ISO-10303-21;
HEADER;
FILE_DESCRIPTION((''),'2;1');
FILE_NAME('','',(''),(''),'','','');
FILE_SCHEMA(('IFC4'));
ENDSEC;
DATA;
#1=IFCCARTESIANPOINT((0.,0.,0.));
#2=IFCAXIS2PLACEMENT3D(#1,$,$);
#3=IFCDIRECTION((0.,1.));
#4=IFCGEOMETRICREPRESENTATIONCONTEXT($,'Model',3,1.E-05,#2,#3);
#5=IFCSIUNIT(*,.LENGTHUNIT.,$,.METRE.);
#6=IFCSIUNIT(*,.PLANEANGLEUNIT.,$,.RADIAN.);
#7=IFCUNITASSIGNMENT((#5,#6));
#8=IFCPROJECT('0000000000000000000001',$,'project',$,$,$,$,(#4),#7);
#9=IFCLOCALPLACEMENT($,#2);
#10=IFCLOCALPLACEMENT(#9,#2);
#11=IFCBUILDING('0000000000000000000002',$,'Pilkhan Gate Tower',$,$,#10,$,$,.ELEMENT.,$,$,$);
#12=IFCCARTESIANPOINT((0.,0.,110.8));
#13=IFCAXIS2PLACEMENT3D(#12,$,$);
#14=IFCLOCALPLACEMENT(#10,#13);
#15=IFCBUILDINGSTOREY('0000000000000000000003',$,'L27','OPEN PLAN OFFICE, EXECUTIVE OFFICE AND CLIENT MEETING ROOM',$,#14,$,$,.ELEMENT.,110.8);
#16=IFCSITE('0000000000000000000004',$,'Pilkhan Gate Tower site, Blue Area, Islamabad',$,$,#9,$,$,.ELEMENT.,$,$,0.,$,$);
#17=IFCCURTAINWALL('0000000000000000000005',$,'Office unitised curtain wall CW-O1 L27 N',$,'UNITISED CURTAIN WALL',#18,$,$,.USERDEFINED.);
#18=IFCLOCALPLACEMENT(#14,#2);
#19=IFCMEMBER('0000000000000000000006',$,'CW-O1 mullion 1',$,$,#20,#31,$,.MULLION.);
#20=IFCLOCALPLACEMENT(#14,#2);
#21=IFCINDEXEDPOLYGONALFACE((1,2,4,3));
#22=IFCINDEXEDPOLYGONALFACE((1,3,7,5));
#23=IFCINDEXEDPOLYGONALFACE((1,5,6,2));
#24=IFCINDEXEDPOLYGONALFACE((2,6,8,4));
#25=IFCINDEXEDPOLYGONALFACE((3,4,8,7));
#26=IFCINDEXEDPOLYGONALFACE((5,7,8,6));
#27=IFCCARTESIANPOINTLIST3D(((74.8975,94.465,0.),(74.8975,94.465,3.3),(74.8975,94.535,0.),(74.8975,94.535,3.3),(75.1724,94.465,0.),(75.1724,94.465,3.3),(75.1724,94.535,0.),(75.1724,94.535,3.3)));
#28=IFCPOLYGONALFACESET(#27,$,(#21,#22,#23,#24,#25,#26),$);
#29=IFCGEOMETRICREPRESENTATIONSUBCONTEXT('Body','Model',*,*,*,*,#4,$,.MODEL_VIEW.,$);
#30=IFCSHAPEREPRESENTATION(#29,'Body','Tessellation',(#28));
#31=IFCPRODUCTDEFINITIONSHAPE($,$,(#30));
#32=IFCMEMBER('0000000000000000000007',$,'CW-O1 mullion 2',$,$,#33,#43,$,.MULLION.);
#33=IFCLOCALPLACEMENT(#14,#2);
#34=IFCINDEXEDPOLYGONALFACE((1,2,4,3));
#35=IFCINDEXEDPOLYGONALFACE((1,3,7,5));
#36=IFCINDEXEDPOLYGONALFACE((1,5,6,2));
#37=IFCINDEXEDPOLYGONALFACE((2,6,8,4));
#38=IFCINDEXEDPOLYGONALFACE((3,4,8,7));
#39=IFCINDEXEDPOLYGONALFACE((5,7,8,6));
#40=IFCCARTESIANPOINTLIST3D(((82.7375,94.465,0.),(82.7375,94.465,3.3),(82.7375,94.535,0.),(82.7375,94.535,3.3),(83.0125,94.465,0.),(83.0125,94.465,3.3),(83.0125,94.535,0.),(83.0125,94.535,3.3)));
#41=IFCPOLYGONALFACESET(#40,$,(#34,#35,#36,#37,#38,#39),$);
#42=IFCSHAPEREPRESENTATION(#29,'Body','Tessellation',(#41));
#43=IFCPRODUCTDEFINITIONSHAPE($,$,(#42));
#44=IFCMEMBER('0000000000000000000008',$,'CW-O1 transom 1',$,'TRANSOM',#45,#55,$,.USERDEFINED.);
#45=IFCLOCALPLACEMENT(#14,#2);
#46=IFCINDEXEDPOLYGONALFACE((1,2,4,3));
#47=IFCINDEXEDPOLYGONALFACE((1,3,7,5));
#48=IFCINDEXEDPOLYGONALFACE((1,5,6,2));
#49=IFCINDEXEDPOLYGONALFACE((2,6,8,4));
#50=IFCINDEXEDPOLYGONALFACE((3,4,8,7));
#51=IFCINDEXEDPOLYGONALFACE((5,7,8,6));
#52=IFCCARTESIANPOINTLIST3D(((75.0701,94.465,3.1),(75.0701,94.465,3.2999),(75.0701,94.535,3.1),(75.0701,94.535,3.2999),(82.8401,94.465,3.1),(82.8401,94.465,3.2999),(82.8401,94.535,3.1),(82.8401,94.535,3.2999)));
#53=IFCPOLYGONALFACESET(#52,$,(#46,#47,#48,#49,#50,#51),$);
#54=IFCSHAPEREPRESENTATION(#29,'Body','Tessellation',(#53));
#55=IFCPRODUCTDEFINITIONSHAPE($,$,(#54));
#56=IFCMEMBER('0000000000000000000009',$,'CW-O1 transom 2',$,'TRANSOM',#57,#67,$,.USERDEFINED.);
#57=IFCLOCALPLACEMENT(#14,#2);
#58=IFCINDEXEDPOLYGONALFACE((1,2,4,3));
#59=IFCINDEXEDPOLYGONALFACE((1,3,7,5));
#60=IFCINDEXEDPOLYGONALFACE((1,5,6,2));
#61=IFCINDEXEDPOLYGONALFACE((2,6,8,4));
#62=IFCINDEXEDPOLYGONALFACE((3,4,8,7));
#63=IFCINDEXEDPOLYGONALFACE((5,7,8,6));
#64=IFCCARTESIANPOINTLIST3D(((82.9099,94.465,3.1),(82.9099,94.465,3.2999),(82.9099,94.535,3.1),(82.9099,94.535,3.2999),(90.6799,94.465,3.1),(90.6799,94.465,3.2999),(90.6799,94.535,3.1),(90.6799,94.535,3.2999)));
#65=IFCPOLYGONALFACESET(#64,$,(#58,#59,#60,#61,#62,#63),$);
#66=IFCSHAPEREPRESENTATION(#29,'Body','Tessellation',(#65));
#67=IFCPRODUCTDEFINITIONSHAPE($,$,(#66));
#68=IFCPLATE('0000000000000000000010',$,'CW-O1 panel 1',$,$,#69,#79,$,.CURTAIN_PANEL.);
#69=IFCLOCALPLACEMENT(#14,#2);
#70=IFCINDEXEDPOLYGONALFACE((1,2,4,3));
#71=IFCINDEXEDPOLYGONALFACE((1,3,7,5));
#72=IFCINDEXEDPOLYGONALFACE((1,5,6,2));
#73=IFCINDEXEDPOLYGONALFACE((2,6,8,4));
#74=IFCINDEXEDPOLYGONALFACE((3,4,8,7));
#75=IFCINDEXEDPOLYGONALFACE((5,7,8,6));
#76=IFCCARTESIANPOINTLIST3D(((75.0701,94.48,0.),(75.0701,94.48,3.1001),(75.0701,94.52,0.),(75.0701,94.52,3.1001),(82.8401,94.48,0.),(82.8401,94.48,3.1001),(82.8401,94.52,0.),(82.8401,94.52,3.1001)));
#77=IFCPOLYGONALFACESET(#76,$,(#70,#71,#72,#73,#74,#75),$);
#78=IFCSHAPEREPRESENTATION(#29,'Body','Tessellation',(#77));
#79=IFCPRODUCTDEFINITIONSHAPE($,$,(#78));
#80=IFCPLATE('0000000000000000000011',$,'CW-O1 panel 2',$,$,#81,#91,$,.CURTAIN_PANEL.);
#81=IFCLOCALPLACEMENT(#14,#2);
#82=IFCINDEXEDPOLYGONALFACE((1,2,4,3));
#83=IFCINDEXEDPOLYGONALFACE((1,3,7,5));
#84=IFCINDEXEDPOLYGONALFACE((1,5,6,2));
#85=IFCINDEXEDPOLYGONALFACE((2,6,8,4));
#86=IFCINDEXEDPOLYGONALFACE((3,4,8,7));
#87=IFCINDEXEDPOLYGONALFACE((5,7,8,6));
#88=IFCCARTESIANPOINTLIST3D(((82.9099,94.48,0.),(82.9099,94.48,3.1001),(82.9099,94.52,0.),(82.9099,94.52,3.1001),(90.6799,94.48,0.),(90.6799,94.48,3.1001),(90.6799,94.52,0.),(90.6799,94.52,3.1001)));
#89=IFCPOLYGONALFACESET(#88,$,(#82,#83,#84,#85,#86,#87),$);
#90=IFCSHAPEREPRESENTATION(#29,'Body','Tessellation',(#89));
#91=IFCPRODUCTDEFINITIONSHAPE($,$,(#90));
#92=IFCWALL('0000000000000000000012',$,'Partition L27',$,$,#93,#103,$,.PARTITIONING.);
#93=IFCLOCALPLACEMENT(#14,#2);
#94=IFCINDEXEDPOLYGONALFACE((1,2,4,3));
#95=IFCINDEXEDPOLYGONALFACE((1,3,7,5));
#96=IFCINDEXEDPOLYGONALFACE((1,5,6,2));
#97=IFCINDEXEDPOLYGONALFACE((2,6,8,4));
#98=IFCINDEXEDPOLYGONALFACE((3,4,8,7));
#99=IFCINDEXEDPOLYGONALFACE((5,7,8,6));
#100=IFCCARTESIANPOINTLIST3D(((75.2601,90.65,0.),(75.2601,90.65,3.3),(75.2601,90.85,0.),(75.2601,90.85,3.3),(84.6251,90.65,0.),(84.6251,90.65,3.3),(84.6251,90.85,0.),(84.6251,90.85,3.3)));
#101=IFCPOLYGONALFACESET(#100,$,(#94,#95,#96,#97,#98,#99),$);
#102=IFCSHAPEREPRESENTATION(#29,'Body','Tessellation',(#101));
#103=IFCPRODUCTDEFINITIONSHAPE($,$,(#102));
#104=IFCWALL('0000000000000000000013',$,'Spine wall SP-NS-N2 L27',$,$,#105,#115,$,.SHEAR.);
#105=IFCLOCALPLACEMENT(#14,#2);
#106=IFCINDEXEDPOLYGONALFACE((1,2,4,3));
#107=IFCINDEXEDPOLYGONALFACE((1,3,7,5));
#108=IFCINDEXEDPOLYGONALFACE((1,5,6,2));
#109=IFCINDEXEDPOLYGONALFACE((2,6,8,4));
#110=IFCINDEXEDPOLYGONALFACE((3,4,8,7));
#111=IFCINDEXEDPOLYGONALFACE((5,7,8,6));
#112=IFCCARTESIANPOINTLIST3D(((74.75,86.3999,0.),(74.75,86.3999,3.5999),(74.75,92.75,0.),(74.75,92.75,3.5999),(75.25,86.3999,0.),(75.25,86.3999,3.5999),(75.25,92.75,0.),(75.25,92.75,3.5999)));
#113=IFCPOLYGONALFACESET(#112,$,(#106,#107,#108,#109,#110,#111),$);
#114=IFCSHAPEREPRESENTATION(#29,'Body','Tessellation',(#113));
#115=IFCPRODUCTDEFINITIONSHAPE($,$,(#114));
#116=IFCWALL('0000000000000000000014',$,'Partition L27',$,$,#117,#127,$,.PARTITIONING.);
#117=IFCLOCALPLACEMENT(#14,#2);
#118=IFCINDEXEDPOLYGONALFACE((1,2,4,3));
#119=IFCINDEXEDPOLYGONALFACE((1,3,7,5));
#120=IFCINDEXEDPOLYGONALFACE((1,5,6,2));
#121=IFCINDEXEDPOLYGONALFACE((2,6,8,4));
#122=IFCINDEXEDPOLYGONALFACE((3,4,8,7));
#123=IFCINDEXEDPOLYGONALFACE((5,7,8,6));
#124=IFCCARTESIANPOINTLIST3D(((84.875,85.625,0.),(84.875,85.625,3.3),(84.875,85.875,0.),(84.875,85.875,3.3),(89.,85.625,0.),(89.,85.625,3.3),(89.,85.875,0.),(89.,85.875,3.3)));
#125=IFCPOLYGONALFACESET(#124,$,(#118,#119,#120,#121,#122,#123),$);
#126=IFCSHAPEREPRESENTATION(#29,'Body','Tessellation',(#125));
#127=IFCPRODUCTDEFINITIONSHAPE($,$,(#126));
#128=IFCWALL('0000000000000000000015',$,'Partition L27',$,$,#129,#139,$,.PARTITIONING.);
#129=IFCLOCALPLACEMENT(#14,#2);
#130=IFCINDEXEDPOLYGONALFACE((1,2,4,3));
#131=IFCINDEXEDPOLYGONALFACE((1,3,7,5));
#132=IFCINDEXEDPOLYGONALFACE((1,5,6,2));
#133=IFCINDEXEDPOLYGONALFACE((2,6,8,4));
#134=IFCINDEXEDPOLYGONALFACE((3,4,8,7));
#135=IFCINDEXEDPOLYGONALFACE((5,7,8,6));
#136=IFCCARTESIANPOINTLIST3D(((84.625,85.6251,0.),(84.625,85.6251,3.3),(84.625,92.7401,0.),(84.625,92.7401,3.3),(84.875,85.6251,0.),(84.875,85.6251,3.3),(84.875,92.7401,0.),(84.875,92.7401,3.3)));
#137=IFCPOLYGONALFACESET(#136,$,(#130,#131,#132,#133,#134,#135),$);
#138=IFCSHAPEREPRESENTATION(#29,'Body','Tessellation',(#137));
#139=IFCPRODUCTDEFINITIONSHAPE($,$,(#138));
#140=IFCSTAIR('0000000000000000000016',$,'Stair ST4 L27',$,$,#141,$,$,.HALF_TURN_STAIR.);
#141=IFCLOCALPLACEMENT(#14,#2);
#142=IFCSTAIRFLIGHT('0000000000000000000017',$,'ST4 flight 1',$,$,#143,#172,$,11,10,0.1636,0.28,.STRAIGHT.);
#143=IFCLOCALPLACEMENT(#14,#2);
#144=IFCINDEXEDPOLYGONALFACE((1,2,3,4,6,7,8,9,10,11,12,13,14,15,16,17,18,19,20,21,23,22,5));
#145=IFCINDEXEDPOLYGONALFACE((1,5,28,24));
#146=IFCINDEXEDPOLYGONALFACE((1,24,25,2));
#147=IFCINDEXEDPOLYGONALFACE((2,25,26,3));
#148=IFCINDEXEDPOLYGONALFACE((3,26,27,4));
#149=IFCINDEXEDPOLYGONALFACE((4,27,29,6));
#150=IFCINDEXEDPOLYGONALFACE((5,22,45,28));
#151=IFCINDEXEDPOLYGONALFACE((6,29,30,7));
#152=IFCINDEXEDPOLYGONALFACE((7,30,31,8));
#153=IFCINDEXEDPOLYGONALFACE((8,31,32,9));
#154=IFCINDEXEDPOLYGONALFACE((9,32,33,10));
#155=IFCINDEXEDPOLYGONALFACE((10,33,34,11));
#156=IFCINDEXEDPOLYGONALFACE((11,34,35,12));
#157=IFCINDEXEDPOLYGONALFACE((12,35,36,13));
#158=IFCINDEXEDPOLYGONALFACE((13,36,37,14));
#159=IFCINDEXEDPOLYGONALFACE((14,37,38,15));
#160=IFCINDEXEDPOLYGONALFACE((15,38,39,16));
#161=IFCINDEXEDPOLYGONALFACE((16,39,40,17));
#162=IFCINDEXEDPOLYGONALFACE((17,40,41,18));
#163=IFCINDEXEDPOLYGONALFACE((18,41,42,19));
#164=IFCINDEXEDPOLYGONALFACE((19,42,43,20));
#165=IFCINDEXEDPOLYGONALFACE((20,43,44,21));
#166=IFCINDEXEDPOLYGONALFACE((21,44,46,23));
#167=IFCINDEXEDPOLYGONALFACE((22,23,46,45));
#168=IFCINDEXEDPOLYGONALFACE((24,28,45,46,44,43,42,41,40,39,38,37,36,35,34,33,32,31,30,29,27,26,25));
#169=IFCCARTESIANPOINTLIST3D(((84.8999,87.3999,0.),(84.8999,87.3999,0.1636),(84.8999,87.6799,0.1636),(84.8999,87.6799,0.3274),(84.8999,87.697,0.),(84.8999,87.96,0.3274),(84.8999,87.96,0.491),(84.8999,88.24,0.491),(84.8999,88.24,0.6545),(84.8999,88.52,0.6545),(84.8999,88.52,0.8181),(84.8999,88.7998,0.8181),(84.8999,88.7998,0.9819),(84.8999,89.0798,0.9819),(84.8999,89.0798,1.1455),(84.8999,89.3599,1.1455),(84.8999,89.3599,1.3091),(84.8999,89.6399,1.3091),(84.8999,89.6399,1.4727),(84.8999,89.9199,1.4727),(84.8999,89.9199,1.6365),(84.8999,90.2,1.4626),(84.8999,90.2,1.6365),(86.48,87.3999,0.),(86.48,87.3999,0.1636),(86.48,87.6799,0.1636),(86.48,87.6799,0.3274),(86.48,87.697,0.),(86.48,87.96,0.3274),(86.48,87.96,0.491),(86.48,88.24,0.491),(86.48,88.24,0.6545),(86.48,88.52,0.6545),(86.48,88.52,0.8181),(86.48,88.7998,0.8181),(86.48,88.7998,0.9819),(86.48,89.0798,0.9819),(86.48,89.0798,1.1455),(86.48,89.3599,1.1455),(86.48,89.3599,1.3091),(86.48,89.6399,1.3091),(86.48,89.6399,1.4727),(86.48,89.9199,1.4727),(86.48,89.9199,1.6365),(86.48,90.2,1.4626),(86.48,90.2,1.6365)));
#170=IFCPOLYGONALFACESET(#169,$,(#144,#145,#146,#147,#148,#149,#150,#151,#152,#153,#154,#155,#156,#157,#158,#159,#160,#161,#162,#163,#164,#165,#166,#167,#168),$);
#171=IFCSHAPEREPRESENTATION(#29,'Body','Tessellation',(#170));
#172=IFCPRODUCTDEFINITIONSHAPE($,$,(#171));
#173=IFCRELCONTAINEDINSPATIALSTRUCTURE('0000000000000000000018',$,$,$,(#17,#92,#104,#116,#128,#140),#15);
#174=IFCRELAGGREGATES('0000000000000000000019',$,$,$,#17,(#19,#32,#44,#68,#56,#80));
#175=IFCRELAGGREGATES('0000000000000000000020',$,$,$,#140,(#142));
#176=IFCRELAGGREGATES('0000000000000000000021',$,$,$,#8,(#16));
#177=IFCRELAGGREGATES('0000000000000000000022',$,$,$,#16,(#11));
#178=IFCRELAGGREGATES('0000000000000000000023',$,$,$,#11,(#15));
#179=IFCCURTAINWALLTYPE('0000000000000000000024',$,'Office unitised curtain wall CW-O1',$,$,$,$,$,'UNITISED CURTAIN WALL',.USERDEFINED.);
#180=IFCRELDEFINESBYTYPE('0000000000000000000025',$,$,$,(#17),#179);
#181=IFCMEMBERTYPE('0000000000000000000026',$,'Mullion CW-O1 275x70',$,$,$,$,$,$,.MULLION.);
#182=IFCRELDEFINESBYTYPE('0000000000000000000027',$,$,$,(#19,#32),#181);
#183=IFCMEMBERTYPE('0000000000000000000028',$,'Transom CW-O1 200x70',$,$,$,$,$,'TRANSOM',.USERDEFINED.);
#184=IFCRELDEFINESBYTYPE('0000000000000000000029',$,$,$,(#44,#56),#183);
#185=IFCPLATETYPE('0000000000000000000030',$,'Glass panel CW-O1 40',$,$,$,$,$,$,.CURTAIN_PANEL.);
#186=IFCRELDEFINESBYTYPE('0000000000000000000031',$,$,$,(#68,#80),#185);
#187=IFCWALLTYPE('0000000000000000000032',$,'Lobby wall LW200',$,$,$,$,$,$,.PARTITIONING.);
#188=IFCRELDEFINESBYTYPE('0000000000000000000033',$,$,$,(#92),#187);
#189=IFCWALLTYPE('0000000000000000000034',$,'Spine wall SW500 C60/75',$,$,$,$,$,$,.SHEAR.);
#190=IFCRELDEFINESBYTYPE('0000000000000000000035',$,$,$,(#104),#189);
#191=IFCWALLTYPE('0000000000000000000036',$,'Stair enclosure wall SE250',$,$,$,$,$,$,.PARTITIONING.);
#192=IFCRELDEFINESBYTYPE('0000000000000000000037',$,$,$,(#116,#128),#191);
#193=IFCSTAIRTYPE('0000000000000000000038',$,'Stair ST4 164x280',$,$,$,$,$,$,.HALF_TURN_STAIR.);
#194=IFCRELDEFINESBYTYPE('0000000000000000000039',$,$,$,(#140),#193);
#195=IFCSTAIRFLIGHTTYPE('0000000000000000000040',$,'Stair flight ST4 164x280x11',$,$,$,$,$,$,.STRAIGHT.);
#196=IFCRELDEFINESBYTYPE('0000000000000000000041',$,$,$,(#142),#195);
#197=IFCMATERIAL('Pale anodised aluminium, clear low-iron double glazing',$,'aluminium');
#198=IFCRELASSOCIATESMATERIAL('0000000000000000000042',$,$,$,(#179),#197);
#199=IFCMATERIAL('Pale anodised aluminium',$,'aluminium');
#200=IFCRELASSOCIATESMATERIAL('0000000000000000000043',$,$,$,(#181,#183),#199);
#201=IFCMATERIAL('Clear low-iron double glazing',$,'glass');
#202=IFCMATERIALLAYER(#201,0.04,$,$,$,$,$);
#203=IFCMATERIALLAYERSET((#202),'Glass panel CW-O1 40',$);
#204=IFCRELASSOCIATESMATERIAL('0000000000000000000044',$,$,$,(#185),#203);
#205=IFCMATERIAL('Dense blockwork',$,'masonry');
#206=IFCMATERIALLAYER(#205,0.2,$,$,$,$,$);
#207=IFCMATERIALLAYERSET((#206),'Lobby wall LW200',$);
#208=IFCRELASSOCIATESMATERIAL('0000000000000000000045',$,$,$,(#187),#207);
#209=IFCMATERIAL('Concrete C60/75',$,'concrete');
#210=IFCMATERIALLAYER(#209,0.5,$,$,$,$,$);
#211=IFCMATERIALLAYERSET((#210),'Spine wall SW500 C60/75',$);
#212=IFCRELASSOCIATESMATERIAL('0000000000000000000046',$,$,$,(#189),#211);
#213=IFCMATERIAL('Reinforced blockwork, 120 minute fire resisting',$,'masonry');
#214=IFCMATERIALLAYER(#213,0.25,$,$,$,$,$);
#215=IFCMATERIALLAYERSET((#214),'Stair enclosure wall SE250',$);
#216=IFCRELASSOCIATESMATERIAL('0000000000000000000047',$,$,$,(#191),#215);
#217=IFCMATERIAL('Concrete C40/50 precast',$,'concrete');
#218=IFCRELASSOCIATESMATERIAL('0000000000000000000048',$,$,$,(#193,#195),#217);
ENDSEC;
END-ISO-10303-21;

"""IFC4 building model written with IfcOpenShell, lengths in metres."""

from ifc_helpers import new_model, si_unit, direction, frame, frame_2d, origin, origin_2d, place, context, subcontext, project, spatial, polyline, rectangle, outline, extrude, material, layer, layer_set, material_profile, profile_set, type_object, element, aggregate, save


model = new_model("IFC4")

# Units and contexts
model_context = context("Model", 3, precision=1e-05, world=origin(), true_north=direction((0.0, 1.0)))
body_context = subcontext(model_context, "Body", "Model", "MODEL_VIEW")
ifc_project = project(units=[si_unit("LENGTHUNIT", "METRE"), si_unit("PLANEANGLEUNIT", "RADIAN")], contexts=[model_context])

# Site, building, storey
site_placement = place(None, origin())
site = spatial("IfcSite", under=ifc_project, at=site_placement, Name="Pilkhan Gate Tower site, Blue Area, Islamabad", CompositionType="ELEMENT", RefElevation=0.0)
building_placement = place(site_placement, origin())
building = spatial("IfcBuilding", under=site, at=building_placement, Name="Pilkhan Gate Tower", CompositionType="ELEMENT")
storey_placement = place(building_placement, frame((0.0, 0.0, 110.8)))
storey = spatial("IfcBuildingStorey", under=building, at=storey_placement, Name="L27", Description="OPEN PLAN OFFICE, EXECUTIVE OFFICE AND CLIENT MEETING ROOM", CompositionType="ELEMENT", Elevation=110.8)

# Curtain wall, members, plates
ifc_material_1 = material(Name="Pale anodised aluminium, clear low-iron double glazing", Category="aluminium")
curtain_wall_type = type_object("IfcCurtainWallType", Name="Office unitised curtain wall CW-O1", ElementType="UNITISED CURTAIN WALL", PredefinedType="USERDEFINED", material=ifc_material_1)
curtain_wall_placement = place(storey_placement, origin())
curtain_wall = element("IfcCurtainWall", 1, at=curtain_wall_placement, inside=storey, type_object=curtain_wall_type, Name="Office unitised curtain wall CW-O1 L27 N", ObjectType="UNITISED CURTAIN WALL", PredefinedType="USERDEFINED")
ifc_material_2 = material(Name="Pale anodised aluminium", Category="aluminium")
ifc_material_profile_1 = material_profile(ifc_material_2, rectangle(XDim=0.0701, YDim=0.2749, at=origin_2d()), Name="Mullion 275x70")
ifc_profile_set_1 = profile_set([ifc_material_profile_1], Name="Pale anodised aluminium")
member_type_1 = type_object("IfcMemberType", Name="Mullion CW-O1 275x70", PredefinedType="MULLION", material=ifc_profile_set_1)
member_1_placement = place(storey_placement, frame((75.0349, 94.5, 0.0), z_axis=(0.0, 0.0, 1.0), x_axis=(0.0, 1.0, 0.0)))
member_1 = element("IfcMember", 2, at=member_1_placement, type_object=member_type_1, Name="CW-O1 mullion 1", PredefinedType="MULLION", context=body_context, shape_type="SweptSolid", body=[
    extrude(rectangle(XDim=0.0701, YDim=0.2749, at=origin_2d()), origin(), (0.0, 0.0, 1.0), 3.3),
])
member_2_placement = place(storey_placement, frame((82.875, 94.5, 0.0), z_axis=(0.0, 0.0, 1.0), x_axis=(0.0, 1.0, 0.0)))
member_2 = element("IfcMember", 3, at=member_2_placement, type_object=member_type_1, Name="CW-O1 mullion 2", PredefinedType="MULLION", context=body_context, shape_type="SweptSolid", body=[
    extrude(rectangle(XDim=0.0701, YDim=0.2749, at=origin_2d()), origin(), (0.0, 0.0, 1.0), 3.3),
])
ifc_material_profile_2 = material_profile(ifc_material_2, rectangle(XDim=0.0701, YDim=0.2, at=origin_2d()), Name="Transom 200x70")
ifc_profile_set_2 = profile_set([ifc_material_profile_2], Name="Pale anodised aluminium")
member_type_2 = type_object("IfcMemberType", Name="Transom CW-O1 200x70", ElementType="TRANSOM", PredefinedType="USERDEFINED", material=ifc_profile_set_2)
member_3_placement = place(storey_placement, frame((75.0701, 94.5, 3.2), z_axis=(1.0, 0.0, 0.0), x_axis=(0.0, 1.0, 0.0)))
member_3 = element("IfcMember", 4, at=member_3_placement, type_object=member_type_2, Name="CW-O1 transom 1", ObjectType="TRANSOM", PredefinedType="USERDEFINED", context=body_context, shape_type="SweptSolid", body=[
    extrude(rectangle(XDim=0.0701, YDim=0.2, at=origin_2d()), origin(), (0.0, 0.0, 1.0), 7.77),
])
member_4_placement = place(storey_placement, frame((82.9099, 94.5, 3.2), z_axis=(1.0, 0.0, 0.0), x_axis=(0.0, 1.0, 0.0)))
member_4 = element("IfcMember", 5, at=member_4_placement, type_object=member_type_2, Name="CW-O1 transom 2", ObjectType="TRANSOM", PredefinedType="USERDEFINED", context=body_context, shape_type="SweptSolid", body=[
    extrude(rectangle(XDim=0.0701, YDim=0.2, at=origin_2d()), origin(), (0.0, 0.0, 1.0), 7.77),
])
ifc_material_3 = material(Name="Clear low-iron double glazing", Category="glass")
ifc_layer_1 = layer(ifc_material_3, 0.04)
ifc_layer_set_1 = layer_set([ifc_layer_1], Name="Glass panel CW-O1 40")
plate_type = type_object("IfcPlateType", Name="Glass panel CW-O1 40", PredefinedType="CURTAIN_PANEL", material=ifc_layer_set_1)
plate_1_placement = place(storey_placement, frame((78.9551, 94.5, 0.0), z_axis=(0.0, 0.0, 1.0), x_axis=(1.0, 0.0, 0.0)))
plate_1 = element("IfcPlate", 6, at=plate_1_placement, type_object=plate_type, Name="CW-O1 panel 1", PredefinedType="CURTAIN_PANEL", context=body_context, shape_type="SweptSolid", body=[
    extrude(rectangle(XDim=7.77, YDim=0.04, at=origin_2d()), origin(), (0.0, 0.0, 1.0), 3.1001),
])
plate_2_placement = place(storey_placement, frame((86.7949, 94.5, 0.0), z_axis=(0.0, 0.0, 1.0), x_axis=(1.0, 0.0, 0.0)))
plate_2 = element("IfcPlate", 7, at=plate_2_placement, type_object=plate_type, Name="CW-O1 panel 2", PredefinedType="CURTAIN_PANEL", context=body_context, shape_type="SweptSolid", body=[
    extrude(rectangle(XDim=7.77, YDim=0.04, at=origin_2d()), origin(), (0.0, 0.0, 1.0), 3.1001),
])
aggregate(curtain_wall, [member_1, member_2, member_3, plate_1, member_4, plate_2])

# Walls
ifc_material_4 = material(Name="Dense blockwork", Category="masonry")
ifc_layer_2 = layer(ifc_material_4, 0.2)
ifc_layer_set_2 = layer_set([ifc_layer_2], Name="Lobby wall LW200")
wall_type_1 = type_object("IfcWallType", Name="Lobby wall LW200", PredefinedType="PARTITIONING", material=ifc_layer_set_2)
wall_1_placement = place(storey_placement, frame((75.26, 90.75, 0.0), z_axis=(0.0, 0.0, 1.0), x_axis=(1.0, 0.0, 0.0)))
element("IfcWall", 8, at=wall_1_placement, inside=storey, type_object=wall_type_1, Name="Partition L27", PredefinedType="PARTITIONING", context=body_context, shape_type="SweptSolid", body=[
    extrude(rectangle(XDim=9.365, YDim=0.2, at=frame_2d((4.6826, 0.0))), origin(), (0.0, 0.0, 1.0), 3.3),
])
ifc_material_5 = material(Name="Concrete C60/75", Category="concrete")
ifc_layer_3 = layer(ifc_material_5, 0.5)
ifc_layer_set_3 = layer_set([ifc_layer_3], Name="Spine wall SW500 C60/75")
wall_type_2 = type_object("IfcWallType", Name="Spine wall SW500 C60/75", PredefinedType="SHEAR", material=ifc_layer_set_3)
wall_2_placement = place(storey_placement, frame((75.0, 86.3999, 0.0), z_axis=(0.0, 0.0, 1.0), x_axis=(0.0, 1.0, 0.0)))
element("IfcWall", 9, at=wall_2_placement, inside=storey, type_object=wall_type_2, Name="Spine wall SP-NS-N2 L27", PredefinedType="SHEAR", context=body_context, shape_type="SweptSolid", body=[
    extrude(rectangle(XDim=6.3501, YDim=0.5, at=frame_2d((3.175, 0.0))), origin(), (0.0, 0.0, 1.0), 3.5999),
])
ifc_material_6 = material(Name="Reinforced blockwork, 120 minute fire resisting", Category="masonry")
ifc_layer_4 = layer(ifc_material_6, 0.25)
ifc_layer_set_4 = layer_set([ifc_layer_4], Name="Stair enclosure wall SE250")
wall_type_3 = type_object("IfcWallType", Name="Stair enclosure wall SE250", PredefinedType="PARTITIONING", material=ifc_layer_set_4)
wall_3_placement = place(storey_placement, frame((84.875, 85.75, 0.0), z_axis=(0.0, 0.0, 1.0), x_axis=(1.0, 0.0, 0.0)))
element("IfcWall", 10, at=wall_3_placement, inside=storey, type_object=wall_type_3, Name="Partition L27", PredefinedType="PARTITIONING", context=body_context, shape_type="SweptSolid", body=[
    extrude(rectangle(XDim=4.125, YDim=0.25, at=frame_2d((2.0625, 0.0))), origin(), (0.0, 0.0, 1.0), 3.3),
])
wall_4_placement = place(storey_placement, frame((84.75, 85.625, 0.0), z_axis=(0.0, 0.0, 1.0), x_axis=(0.0, 1.0, 0.0)))
element("IfcWall", 11, at=wall_4_placement, inside=storey, type_object=wall_type_3, Name="Partition L27", PredefinedType="PARTITIONING", context=body_context, shape_type="SweptSolid", body=[
    extrude(rectangle(XDim=7.115, YDim=0.25, at=frame_2d((3.5576, 0.0))), origin(), (0.0, 0.0, 1.0), 3.3),
])

# Stair, stair flight
ifc_material_7 = material(Name="Concrete C40/50 precast", Category="concrete")
stair_type = type_object("IfcStairType", Name="Stair ST4 164x280", PredefinedType="HALF_TURN_STAIR", material=ifc_material_7)
stair_placement = place(storey_placement, origin())
stair = element("IfcStair", 12, at=stair_placement, inside=storey, type_object=stair_type, Name="Stair ST4 L27", PredefinedType="HALF_TURN_STAIR")
stair_flight_type = type_object("IfcStairFlightType", Name="Stair flight ST4 164x280x11", PredefinedType="STRAIGHT", material=ifc_material_7)
stair_flight_1_placement = place(storey_placement, frame((85.6899, 87.3999, 0.0), z_axis=(0.0, 0.0, 1.0), x_axis=(0.0, 1.0, 0.0)))
stair_flight_1 = element("IfcStairFlight", 13, at=stair_flight_1_placement, type_object=stair_flight_type, Name="ST4 flight 1", NumberOfRisers=11, NumberOfTreads=10, PredefinedType="STRAIGHT", RiserHeight=0.1636, TreadLength=0.28, context=body_context, shape_type="SweptSolid", body=[
    extrude(outline(polyline([(0.0, 0.0), (0.0, 0.1636), (0.28, 0.1636), (0.28, 0.3274), (0.5601, 0.3274), (0.5601, 0.491), (0.8401, 0.491), (0.8401, 0.6545), (1.1201, 0.6545), (1.1201, 0.8181), (1.3999, 0.8181), (1.3999, 0.9819), (1.6799, 0.9819), (1.6799, 1.1455), (1.96, 1.1455), (1.96, 1.3091), (2.24, 1.3091), (2.24, 1.4727), (2.52, 1.4727), (2.52, 1.6365), (2.8, 1.6365), (2.8, 1.8), (2.8, 1.4626), (0.2971, 0.0), (0.0, 0.0)])), frame((0.0, 0.79, 0.0), z_axis=(0.0, -1.0, 0.0), x_axis=(1.0, 0.0, 0.0)), (0.0, 0.0, 1.0), 1.5801),
])
aggregate(stair, [stair_flight_1])

save(model, "model.ifc")
